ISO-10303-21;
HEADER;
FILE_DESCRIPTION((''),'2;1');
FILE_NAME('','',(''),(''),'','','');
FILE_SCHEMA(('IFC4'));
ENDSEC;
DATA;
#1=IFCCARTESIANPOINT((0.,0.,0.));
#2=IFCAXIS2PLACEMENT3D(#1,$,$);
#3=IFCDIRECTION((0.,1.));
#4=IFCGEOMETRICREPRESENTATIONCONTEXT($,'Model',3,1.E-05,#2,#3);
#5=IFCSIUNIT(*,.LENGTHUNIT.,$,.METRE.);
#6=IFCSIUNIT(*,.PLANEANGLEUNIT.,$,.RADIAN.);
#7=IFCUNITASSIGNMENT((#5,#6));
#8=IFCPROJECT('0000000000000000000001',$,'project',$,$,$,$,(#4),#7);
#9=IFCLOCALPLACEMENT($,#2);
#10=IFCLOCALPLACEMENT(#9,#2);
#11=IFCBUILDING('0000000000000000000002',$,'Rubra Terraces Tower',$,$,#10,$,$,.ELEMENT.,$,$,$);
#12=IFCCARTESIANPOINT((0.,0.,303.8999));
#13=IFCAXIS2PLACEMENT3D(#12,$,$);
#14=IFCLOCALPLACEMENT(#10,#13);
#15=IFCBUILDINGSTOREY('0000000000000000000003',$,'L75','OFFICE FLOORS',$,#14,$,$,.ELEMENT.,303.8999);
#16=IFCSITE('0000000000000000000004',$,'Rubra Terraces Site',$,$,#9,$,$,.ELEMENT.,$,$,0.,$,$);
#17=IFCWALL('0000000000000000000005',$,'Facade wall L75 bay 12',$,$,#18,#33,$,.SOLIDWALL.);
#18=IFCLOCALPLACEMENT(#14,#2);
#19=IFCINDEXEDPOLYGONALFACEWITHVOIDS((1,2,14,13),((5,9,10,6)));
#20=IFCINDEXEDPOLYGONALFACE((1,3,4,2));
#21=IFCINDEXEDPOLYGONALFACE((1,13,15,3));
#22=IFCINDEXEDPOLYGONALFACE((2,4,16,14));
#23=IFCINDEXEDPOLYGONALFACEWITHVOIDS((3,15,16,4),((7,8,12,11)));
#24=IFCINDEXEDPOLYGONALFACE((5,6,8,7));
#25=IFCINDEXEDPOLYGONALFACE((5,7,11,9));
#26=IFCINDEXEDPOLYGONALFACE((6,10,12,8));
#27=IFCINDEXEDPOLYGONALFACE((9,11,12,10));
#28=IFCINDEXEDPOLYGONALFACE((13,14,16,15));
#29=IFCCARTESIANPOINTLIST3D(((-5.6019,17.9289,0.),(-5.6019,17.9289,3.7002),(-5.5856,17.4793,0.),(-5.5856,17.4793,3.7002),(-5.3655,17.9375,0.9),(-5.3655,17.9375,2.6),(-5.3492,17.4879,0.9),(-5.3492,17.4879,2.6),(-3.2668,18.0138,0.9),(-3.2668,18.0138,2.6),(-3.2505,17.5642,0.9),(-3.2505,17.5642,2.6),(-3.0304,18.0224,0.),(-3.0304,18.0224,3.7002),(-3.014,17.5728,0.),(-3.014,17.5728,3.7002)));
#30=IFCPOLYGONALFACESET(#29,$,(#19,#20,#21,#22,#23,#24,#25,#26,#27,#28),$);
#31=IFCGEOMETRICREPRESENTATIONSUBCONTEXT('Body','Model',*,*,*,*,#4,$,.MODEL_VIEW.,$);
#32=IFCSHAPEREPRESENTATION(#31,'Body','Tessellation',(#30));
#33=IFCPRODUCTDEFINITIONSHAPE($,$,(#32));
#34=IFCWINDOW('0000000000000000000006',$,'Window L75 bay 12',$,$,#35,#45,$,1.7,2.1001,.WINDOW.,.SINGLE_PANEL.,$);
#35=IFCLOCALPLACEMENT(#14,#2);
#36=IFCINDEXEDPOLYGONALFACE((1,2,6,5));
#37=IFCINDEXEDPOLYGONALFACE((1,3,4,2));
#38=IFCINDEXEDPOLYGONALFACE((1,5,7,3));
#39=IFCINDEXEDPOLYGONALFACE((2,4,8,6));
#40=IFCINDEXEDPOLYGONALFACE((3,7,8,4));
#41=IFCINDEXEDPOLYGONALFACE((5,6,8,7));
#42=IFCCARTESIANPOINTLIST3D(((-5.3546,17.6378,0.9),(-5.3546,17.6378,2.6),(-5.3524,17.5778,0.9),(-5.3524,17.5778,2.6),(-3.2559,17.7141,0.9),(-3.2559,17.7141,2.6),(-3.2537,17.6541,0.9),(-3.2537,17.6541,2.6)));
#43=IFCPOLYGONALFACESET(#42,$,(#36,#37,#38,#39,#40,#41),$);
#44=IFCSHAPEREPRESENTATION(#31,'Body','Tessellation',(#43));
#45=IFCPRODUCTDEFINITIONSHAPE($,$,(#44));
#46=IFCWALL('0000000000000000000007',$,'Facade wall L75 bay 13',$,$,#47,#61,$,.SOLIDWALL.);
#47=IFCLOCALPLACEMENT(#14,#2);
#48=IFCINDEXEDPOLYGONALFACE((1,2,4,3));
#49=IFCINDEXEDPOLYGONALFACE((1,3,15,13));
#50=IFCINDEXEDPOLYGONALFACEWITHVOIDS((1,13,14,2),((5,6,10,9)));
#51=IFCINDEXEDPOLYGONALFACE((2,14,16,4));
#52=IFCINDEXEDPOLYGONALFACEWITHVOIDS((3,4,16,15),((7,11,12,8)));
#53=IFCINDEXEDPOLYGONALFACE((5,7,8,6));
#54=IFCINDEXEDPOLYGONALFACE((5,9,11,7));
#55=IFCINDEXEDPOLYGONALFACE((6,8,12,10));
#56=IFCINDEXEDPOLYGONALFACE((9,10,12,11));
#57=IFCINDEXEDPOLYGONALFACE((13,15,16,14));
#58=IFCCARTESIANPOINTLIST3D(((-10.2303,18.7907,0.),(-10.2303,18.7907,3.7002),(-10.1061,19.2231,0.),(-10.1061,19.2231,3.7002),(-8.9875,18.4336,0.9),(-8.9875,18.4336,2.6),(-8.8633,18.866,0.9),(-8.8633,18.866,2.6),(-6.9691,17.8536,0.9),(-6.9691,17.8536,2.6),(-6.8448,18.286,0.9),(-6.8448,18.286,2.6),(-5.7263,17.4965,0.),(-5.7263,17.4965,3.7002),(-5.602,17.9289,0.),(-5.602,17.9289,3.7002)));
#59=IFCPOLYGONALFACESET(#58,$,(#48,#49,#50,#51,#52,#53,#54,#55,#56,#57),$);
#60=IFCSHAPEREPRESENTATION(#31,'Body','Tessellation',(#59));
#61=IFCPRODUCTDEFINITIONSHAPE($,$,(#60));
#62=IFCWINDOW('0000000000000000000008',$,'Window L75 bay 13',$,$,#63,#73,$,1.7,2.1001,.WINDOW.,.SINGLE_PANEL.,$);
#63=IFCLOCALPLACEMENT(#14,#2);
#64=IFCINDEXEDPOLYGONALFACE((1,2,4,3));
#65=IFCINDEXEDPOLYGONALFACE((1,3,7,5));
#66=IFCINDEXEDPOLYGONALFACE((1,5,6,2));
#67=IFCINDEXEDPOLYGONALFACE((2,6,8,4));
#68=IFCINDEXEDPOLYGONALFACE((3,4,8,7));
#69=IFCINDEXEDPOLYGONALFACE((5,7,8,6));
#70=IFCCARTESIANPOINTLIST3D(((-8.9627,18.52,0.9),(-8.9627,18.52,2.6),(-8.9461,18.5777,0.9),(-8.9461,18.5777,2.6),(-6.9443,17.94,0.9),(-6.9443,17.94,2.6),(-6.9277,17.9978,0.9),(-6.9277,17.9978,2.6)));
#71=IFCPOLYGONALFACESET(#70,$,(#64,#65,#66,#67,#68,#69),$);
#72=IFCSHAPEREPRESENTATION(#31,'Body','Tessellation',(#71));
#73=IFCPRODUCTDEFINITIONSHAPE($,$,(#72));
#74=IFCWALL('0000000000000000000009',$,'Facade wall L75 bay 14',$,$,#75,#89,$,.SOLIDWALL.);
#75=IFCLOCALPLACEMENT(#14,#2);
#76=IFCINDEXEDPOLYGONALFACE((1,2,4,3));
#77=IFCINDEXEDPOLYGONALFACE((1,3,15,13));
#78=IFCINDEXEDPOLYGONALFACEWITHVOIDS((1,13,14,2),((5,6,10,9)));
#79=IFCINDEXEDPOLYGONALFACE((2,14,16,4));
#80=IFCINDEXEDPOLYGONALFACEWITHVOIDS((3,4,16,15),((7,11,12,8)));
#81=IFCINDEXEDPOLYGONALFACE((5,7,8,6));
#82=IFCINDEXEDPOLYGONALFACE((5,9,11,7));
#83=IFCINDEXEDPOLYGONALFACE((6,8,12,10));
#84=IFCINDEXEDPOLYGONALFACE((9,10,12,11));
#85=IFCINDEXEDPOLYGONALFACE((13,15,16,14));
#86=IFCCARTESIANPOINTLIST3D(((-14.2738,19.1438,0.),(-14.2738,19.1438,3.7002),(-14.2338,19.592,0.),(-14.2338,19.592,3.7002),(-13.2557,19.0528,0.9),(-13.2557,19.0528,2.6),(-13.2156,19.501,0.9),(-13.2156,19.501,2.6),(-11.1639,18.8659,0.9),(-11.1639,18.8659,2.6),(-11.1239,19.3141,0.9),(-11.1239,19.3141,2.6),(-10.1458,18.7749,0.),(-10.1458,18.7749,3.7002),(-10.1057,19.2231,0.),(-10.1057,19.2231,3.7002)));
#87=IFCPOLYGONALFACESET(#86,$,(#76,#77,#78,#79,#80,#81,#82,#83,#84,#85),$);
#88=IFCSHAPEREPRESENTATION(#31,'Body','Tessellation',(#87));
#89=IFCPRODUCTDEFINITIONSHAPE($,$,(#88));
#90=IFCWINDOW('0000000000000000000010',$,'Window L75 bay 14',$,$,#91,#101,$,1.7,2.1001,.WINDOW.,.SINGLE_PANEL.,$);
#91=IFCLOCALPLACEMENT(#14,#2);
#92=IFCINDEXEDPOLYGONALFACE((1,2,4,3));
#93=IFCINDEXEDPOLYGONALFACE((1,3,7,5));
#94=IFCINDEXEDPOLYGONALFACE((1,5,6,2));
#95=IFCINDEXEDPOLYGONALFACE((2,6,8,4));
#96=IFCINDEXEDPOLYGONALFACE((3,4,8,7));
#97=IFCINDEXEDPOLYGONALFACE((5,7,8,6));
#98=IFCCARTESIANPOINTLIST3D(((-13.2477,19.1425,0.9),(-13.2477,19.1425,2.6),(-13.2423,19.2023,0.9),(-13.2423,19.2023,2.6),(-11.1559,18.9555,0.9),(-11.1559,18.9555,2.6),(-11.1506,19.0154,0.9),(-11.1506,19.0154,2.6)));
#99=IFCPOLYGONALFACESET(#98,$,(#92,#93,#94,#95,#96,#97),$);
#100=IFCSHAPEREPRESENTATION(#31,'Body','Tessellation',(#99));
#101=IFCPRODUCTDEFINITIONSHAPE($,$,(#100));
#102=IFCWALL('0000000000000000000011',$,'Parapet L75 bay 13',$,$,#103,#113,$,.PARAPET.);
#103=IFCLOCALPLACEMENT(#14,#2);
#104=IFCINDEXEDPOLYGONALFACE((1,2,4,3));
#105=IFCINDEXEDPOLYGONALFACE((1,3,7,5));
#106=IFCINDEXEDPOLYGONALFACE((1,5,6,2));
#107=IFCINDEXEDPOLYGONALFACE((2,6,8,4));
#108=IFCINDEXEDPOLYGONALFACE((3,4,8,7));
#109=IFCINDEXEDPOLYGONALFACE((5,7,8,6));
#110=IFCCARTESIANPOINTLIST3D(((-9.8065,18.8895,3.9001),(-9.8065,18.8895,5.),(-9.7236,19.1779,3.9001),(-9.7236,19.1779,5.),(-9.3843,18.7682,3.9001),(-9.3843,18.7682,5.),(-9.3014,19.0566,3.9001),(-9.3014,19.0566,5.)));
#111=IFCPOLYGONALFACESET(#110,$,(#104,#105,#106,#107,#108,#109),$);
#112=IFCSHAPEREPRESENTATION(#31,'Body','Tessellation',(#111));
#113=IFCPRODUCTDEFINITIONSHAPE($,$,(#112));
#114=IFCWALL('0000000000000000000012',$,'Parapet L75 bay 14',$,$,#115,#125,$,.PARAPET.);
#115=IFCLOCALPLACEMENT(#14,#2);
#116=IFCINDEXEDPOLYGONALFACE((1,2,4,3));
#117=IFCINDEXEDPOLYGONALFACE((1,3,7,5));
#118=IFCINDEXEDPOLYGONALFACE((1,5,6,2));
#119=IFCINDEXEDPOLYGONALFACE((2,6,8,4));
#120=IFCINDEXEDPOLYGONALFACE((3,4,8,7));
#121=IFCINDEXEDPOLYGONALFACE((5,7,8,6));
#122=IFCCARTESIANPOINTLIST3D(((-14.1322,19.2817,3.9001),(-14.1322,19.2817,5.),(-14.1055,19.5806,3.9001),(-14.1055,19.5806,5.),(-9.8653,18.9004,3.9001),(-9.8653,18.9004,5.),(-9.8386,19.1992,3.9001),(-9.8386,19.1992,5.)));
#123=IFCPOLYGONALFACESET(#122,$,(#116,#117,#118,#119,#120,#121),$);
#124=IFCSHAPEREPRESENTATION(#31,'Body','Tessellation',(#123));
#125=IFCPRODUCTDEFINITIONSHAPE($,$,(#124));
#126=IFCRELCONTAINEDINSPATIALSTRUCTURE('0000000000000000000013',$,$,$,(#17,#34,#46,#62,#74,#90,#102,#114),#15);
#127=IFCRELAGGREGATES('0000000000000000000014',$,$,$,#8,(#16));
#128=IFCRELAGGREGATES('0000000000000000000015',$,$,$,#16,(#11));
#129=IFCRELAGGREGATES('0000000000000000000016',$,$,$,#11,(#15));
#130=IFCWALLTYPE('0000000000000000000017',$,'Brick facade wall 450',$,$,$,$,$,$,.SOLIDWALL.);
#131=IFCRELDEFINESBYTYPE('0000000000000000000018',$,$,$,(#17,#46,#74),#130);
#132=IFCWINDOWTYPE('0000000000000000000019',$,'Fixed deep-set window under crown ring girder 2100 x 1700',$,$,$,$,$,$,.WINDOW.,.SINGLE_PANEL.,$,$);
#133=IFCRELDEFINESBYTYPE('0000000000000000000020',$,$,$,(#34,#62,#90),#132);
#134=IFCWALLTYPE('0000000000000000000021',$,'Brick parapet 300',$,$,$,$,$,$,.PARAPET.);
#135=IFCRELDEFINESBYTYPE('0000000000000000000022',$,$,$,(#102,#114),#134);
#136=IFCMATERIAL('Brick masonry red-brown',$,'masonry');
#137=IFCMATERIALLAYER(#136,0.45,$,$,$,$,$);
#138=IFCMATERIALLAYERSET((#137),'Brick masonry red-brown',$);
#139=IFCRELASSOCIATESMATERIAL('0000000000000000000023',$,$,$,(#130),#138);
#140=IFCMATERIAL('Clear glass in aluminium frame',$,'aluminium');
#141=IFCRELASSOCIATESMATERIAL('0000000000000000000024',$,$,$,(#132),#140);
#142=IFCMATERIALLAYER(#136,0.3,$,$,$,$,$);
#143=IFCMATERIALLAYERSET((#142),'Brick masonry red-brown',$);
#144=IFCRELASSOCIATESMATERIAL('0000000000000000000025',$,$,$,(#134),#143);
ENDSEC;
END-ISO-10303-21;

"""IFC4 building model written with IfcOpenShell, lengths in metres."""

from ifc_helpers import new_model, si_unit, direction, frame, frame_2d, origin, place, context, subcontext, project, spatial, rectangle, extrude, material, layer, layer_set, type_object, element, fill, save


model = new_model("IFC4")

# Units and contexts
model_context = context("Model", 3, precision=1e-05, world=origin(), true_north=direction((0.0, 1.0)))
body_context = subcontext(model_context, "Body", "Model", "MODEL_VIEW")
ifc_project = project(units=[si_unit("LENGTHUNIT", "METRE"), si_unit("PLANEANGLEUNIT", "RADIAN")], contexts=[model_context])

# Site, building, storey
site_placement = place(None, origin())
site = spatial("IfcSite", under=ifc_project, at=site_placement, Name="Rubra Terraces Site", CompositionType="ELEMENT", RefElevation=0.0)
building_placement = place(site_placement, origin())
building = spatial("IfcBuilding", under=site, at=building_placement, Name="Rubra Terraces Tower", CompositionType="ELEMENT")
storey_placement = place(building_placement, frame((0.0, 0.0, 303.8999)))
storey = spatial("IfcBuildingStorey", under=building, at=storey_placement, Name="L75", Description="OFFICE FLOORS", CompositionType="ELEMENT", Elevation=303.8999)

# Walls, openings, windows
ifc_material_1 = material(Name="Brick masonry red-brown", Category="masonry")
ifc_layer_1 = layer(ifc_material_1, 0.45)
ifc_layer_set_1 = layer_set([ifc_layer_1], Name="Brick masonry red-brown")
wall_type_1 = type_object("IfcWallType", Name="Brick facade wall 450", PredefinedType="SOLIDWALL", material=ifc_layer_set_1)
wall_1_placement = place(storey_placement, frame((-3.0222, 17.7976, 0.0), z_axis=(0.0, 0.0, 1.0), x_axis=(-0.99934, -0.036338, 0.0)))
wall_1 = element("IfcWall", 1, at=wall_1_placement, inside=storey, type_object=wall_type_1, Name="Facade wall L75 bay 12", PredefinedType="SOLIDWALL", context=body_context, shape_type="SweptSolid", body=[
    extrude(rectangle(XDim=2.5732, YDim=0.45, at=frame_2d((1.2866, 0.0))), origin(), (0.0, 0.0, 1.0), 3.7002),
])
opening_1_placement = place(wall_1_placement, frame((0.2366, 0.0, 0.8999)))
opening_1 = element("IfcOpeningElement", 2, at=opening_1_placement, cuts=wall_1, PredefinedType="OPENING", context=body_context, shape_type="SweptSolid", body=[
    extrude(rectangle(XDim=2.1001, YDim=1.7, at=frame_2d((1.05, 0.8501))), frame((0.0, 0.2349, 0.0), z_axis=(0.0, -1.0, 0.0), x_axis=(1.0, 0.0, 0.0)), (0.0, 0.0, 1.0), 0.47),
])
ifc_material_2 = material(Name="Clear glass in aluminium frame", Category="aluminium")
window_type = type_object("IfcWindowType", Name="Fixed deep-set window under crown ring girder 2100 x 1700", PartitioningType="SINGLE_PANEL", PredefinedType="WINDOW", material=ifc_material_2)
window_1_placement = place(opening_1_placement, origin())
window_1 = element("IfcWindow", 3, at=window_1_placement, inside=storey, type_object=window_type, Name="Window L75 bay 12", OverallHeight=1.7, OverallWidth=2.1001, PartitioningType="SINGLE_PANEL", PredefinedType="WINDOW", context=body_context, shape_type="SweptSolid", body=[
    extrude(rectangle(XDim=2.1001, YDim=1.7, at=frame_2d((1.05, 0.8501))), frame((0.0, 0.135, 0.0), z_axis=(0.0, -1.0, 0.0), x_axis=(1.0, 0.0, 0.0)), (0.0, 0.0, 1.0), 0.0601),
])
fill(opening_1, window_1)
wall_2_placement = place(storey_placement, frame((-5.6641, 17.7126, 0.0), z_axis=(0.0, 0.0, 1.0), x_axis=(-0.961108, 0.276173, 0.0)))
wall_2 = element("IfcWall", 4, at=wall_2_placement, inside=storey, type_object=wall_type_1, Name="Facade wall L75 bay 13", PredefinedType="SOLIDWALL", context=body_context, shape_type="SweptSolid", body=[
    extrude(rectangle(XDim=4.6863, YDim=0.45, at=frame_2d((2.3433, 0.0))), origin(), (0.0, 0.0, 1.0), 3.7002),
])
opening_2_placement = place(wall_2_placement, frame((1.2932, 0.0, 0.8999)))
opening_2 = element("IfcOpeningElement", 5, at=opening_2_placement, cuts=wall_2, PredefinedType="OPENING", context=body_context, shape_type="SweptSolid", body=[
    extrude(rectangle(XDim=2.1001, YDim=1.7, at=frame_2d((1.05, 0.8501))), frame((0.0, 0.2349, 0.0), z_axis=(0.0, -1.0, 0.0), x_axis=(1.0, 0.0, 0.0)), (0.0, 0.0, 1.0), 0.47),
])
window_2_placement = place(opening_2_placement, origin())
window_2 = element("IfcWindow", 6, at=window_2_placement, inside=storey, type_object=window_type, Name="Window L75 bay 13", OverallHeight=1.7, OverallWidth=2.1001, PartitioningType="SINGLE_PANEL", PredefinedType="WINDOW", context=body_context, shape_type="SweptSolid", body=[
    extrude(rectangle(XDim=2.1001, YDim=1.7, at=frame_2d((1.05, 0.8501))), frame((0.0, 0.135, 0.0), z_axis=(0.0, -1.0, 0.0), x_axis=(1.0, 0.0, 0.0)), (0.0, 0.0, 1.0), 0.0601),
])
fill(opening_2, window_2)
wall_3_placement = place(storey_placement, frame((-10.1257, 18.999, 0.0), z_axis=(0.0, 0.0, 1.0), x_axis=(-0.996031, 0.089006, 0.0)))
wall_3 = element("IfcWall", 7, at=wall_3_placement, inside=storey, type_object=wall_type_1, Name="Facade wall L75 bay 14", PredefinedType="SOLIDWALL", context=body_context, shape_type="SweptSolid", body=[
    extrude(rectangle(XDim=4.1445, YDim=0.45, at=frame_2d((2.0723, 0.0))), origin(), (0.0, 0.0, 1.0), 3.7002),
])
opening_3_placement = place(wall_3_placement, frame((1.0222, 0.0, 0.8999)))
opening_3 = element("IfcOpeningElement", 8, at=opening_3_placement, cuts=wall_3, PredefinedType="OPENING", context=body_context, shape_type="SweptSolid", body=[
    extrude(rectangle(XDim=2.1001, YDim=1.7, at=frame_2d((1.05, 0.8501))), frame((0.0, 0.2349, 0.0), z_axis=(0.0, -1.0, 0.0), x_axis=(1.0, 0.0, 0.0)), (0.0, 0.0, 1.0), 0.47),
])
window_3_placement = place(opening_3_placement, origin())
window_3 = element("IfcWindow", 9, at=window_3_placement, inside=storey, type_object=window_type, Name="Window L75 bay 14", OverallHeight=1.7, OverallWidth=2.1001, PartitioningType="SINGLE_PANEL", PredefinedType="WINDOW", context=body_context, shape_type="SweptSolid", body=[
    extrude(rectangle(XDim=2.1001, YDim=1.7, at=frame_2d((1.05, 0.8501))), frame((0.0, 0.135, 0.0), z_axis=(0.0, -1.0, 0.0), x_axis=(1.0, 0.0, 0.0)), (0.0, 0.0, 1.0), 0.0601),
])
fill(opening_3, window_3)

# Walls
ifc_layer_2 = layer(ifc_material_1, 0.3)
ifc_layer_set_2 = layer_set([ifc_layer_2], Name="Brick masonry red-brown")
wall_type_2 = type_object("IfcWallType", Name="Brick parapet 300", PredefinedType="PARAPET", material=ifc_layer_set_2)
wall_4_placement = place(storey_placement, frame((-9.3428, 18.9124, 3.9001), z_axis=(0.0, 0.0, 1.0), x_axis=(-0.961082, 0.276263, 0.0)))
element("IfcWall", 10, at=wall_4_placement, inside=storey, type_object=wall_type_2, Name="Parapet L75 bay 13", PredefinedType="PARAPET", context=body_context, shape_type="SweptSolid", body=[
    extrude(rectangle(XDim=0.4392, YDim=0.3, at=frame_2d((0.2197, 0.0))), origin(), (0.0, 0.0, 1.0), 1.0999),
])
wall_5_placement = place(storey_placement, frame((-9.8518, 19.0498, 3.9001), z_axis=(0.0, 0.0, 1.0), x_axis=(-0.99603, 0.08902, 0.0)))
element("IfcWall", 11, at=wall_5_placement, inside=storey, type_object=wall_type_2, Name="Parapet L75 bay 14", PredefinedType="PARAPET", context=body_context, shape_type="SweptSolid", body=[
    extrude(rectangle(XDim=4.2839, YDim=0.3, at=frame_2d((2.1421, 0.0))), origin(), (0.0, 0.0, 1.0), 1.0999),
])

save(model, "model.ifc")
